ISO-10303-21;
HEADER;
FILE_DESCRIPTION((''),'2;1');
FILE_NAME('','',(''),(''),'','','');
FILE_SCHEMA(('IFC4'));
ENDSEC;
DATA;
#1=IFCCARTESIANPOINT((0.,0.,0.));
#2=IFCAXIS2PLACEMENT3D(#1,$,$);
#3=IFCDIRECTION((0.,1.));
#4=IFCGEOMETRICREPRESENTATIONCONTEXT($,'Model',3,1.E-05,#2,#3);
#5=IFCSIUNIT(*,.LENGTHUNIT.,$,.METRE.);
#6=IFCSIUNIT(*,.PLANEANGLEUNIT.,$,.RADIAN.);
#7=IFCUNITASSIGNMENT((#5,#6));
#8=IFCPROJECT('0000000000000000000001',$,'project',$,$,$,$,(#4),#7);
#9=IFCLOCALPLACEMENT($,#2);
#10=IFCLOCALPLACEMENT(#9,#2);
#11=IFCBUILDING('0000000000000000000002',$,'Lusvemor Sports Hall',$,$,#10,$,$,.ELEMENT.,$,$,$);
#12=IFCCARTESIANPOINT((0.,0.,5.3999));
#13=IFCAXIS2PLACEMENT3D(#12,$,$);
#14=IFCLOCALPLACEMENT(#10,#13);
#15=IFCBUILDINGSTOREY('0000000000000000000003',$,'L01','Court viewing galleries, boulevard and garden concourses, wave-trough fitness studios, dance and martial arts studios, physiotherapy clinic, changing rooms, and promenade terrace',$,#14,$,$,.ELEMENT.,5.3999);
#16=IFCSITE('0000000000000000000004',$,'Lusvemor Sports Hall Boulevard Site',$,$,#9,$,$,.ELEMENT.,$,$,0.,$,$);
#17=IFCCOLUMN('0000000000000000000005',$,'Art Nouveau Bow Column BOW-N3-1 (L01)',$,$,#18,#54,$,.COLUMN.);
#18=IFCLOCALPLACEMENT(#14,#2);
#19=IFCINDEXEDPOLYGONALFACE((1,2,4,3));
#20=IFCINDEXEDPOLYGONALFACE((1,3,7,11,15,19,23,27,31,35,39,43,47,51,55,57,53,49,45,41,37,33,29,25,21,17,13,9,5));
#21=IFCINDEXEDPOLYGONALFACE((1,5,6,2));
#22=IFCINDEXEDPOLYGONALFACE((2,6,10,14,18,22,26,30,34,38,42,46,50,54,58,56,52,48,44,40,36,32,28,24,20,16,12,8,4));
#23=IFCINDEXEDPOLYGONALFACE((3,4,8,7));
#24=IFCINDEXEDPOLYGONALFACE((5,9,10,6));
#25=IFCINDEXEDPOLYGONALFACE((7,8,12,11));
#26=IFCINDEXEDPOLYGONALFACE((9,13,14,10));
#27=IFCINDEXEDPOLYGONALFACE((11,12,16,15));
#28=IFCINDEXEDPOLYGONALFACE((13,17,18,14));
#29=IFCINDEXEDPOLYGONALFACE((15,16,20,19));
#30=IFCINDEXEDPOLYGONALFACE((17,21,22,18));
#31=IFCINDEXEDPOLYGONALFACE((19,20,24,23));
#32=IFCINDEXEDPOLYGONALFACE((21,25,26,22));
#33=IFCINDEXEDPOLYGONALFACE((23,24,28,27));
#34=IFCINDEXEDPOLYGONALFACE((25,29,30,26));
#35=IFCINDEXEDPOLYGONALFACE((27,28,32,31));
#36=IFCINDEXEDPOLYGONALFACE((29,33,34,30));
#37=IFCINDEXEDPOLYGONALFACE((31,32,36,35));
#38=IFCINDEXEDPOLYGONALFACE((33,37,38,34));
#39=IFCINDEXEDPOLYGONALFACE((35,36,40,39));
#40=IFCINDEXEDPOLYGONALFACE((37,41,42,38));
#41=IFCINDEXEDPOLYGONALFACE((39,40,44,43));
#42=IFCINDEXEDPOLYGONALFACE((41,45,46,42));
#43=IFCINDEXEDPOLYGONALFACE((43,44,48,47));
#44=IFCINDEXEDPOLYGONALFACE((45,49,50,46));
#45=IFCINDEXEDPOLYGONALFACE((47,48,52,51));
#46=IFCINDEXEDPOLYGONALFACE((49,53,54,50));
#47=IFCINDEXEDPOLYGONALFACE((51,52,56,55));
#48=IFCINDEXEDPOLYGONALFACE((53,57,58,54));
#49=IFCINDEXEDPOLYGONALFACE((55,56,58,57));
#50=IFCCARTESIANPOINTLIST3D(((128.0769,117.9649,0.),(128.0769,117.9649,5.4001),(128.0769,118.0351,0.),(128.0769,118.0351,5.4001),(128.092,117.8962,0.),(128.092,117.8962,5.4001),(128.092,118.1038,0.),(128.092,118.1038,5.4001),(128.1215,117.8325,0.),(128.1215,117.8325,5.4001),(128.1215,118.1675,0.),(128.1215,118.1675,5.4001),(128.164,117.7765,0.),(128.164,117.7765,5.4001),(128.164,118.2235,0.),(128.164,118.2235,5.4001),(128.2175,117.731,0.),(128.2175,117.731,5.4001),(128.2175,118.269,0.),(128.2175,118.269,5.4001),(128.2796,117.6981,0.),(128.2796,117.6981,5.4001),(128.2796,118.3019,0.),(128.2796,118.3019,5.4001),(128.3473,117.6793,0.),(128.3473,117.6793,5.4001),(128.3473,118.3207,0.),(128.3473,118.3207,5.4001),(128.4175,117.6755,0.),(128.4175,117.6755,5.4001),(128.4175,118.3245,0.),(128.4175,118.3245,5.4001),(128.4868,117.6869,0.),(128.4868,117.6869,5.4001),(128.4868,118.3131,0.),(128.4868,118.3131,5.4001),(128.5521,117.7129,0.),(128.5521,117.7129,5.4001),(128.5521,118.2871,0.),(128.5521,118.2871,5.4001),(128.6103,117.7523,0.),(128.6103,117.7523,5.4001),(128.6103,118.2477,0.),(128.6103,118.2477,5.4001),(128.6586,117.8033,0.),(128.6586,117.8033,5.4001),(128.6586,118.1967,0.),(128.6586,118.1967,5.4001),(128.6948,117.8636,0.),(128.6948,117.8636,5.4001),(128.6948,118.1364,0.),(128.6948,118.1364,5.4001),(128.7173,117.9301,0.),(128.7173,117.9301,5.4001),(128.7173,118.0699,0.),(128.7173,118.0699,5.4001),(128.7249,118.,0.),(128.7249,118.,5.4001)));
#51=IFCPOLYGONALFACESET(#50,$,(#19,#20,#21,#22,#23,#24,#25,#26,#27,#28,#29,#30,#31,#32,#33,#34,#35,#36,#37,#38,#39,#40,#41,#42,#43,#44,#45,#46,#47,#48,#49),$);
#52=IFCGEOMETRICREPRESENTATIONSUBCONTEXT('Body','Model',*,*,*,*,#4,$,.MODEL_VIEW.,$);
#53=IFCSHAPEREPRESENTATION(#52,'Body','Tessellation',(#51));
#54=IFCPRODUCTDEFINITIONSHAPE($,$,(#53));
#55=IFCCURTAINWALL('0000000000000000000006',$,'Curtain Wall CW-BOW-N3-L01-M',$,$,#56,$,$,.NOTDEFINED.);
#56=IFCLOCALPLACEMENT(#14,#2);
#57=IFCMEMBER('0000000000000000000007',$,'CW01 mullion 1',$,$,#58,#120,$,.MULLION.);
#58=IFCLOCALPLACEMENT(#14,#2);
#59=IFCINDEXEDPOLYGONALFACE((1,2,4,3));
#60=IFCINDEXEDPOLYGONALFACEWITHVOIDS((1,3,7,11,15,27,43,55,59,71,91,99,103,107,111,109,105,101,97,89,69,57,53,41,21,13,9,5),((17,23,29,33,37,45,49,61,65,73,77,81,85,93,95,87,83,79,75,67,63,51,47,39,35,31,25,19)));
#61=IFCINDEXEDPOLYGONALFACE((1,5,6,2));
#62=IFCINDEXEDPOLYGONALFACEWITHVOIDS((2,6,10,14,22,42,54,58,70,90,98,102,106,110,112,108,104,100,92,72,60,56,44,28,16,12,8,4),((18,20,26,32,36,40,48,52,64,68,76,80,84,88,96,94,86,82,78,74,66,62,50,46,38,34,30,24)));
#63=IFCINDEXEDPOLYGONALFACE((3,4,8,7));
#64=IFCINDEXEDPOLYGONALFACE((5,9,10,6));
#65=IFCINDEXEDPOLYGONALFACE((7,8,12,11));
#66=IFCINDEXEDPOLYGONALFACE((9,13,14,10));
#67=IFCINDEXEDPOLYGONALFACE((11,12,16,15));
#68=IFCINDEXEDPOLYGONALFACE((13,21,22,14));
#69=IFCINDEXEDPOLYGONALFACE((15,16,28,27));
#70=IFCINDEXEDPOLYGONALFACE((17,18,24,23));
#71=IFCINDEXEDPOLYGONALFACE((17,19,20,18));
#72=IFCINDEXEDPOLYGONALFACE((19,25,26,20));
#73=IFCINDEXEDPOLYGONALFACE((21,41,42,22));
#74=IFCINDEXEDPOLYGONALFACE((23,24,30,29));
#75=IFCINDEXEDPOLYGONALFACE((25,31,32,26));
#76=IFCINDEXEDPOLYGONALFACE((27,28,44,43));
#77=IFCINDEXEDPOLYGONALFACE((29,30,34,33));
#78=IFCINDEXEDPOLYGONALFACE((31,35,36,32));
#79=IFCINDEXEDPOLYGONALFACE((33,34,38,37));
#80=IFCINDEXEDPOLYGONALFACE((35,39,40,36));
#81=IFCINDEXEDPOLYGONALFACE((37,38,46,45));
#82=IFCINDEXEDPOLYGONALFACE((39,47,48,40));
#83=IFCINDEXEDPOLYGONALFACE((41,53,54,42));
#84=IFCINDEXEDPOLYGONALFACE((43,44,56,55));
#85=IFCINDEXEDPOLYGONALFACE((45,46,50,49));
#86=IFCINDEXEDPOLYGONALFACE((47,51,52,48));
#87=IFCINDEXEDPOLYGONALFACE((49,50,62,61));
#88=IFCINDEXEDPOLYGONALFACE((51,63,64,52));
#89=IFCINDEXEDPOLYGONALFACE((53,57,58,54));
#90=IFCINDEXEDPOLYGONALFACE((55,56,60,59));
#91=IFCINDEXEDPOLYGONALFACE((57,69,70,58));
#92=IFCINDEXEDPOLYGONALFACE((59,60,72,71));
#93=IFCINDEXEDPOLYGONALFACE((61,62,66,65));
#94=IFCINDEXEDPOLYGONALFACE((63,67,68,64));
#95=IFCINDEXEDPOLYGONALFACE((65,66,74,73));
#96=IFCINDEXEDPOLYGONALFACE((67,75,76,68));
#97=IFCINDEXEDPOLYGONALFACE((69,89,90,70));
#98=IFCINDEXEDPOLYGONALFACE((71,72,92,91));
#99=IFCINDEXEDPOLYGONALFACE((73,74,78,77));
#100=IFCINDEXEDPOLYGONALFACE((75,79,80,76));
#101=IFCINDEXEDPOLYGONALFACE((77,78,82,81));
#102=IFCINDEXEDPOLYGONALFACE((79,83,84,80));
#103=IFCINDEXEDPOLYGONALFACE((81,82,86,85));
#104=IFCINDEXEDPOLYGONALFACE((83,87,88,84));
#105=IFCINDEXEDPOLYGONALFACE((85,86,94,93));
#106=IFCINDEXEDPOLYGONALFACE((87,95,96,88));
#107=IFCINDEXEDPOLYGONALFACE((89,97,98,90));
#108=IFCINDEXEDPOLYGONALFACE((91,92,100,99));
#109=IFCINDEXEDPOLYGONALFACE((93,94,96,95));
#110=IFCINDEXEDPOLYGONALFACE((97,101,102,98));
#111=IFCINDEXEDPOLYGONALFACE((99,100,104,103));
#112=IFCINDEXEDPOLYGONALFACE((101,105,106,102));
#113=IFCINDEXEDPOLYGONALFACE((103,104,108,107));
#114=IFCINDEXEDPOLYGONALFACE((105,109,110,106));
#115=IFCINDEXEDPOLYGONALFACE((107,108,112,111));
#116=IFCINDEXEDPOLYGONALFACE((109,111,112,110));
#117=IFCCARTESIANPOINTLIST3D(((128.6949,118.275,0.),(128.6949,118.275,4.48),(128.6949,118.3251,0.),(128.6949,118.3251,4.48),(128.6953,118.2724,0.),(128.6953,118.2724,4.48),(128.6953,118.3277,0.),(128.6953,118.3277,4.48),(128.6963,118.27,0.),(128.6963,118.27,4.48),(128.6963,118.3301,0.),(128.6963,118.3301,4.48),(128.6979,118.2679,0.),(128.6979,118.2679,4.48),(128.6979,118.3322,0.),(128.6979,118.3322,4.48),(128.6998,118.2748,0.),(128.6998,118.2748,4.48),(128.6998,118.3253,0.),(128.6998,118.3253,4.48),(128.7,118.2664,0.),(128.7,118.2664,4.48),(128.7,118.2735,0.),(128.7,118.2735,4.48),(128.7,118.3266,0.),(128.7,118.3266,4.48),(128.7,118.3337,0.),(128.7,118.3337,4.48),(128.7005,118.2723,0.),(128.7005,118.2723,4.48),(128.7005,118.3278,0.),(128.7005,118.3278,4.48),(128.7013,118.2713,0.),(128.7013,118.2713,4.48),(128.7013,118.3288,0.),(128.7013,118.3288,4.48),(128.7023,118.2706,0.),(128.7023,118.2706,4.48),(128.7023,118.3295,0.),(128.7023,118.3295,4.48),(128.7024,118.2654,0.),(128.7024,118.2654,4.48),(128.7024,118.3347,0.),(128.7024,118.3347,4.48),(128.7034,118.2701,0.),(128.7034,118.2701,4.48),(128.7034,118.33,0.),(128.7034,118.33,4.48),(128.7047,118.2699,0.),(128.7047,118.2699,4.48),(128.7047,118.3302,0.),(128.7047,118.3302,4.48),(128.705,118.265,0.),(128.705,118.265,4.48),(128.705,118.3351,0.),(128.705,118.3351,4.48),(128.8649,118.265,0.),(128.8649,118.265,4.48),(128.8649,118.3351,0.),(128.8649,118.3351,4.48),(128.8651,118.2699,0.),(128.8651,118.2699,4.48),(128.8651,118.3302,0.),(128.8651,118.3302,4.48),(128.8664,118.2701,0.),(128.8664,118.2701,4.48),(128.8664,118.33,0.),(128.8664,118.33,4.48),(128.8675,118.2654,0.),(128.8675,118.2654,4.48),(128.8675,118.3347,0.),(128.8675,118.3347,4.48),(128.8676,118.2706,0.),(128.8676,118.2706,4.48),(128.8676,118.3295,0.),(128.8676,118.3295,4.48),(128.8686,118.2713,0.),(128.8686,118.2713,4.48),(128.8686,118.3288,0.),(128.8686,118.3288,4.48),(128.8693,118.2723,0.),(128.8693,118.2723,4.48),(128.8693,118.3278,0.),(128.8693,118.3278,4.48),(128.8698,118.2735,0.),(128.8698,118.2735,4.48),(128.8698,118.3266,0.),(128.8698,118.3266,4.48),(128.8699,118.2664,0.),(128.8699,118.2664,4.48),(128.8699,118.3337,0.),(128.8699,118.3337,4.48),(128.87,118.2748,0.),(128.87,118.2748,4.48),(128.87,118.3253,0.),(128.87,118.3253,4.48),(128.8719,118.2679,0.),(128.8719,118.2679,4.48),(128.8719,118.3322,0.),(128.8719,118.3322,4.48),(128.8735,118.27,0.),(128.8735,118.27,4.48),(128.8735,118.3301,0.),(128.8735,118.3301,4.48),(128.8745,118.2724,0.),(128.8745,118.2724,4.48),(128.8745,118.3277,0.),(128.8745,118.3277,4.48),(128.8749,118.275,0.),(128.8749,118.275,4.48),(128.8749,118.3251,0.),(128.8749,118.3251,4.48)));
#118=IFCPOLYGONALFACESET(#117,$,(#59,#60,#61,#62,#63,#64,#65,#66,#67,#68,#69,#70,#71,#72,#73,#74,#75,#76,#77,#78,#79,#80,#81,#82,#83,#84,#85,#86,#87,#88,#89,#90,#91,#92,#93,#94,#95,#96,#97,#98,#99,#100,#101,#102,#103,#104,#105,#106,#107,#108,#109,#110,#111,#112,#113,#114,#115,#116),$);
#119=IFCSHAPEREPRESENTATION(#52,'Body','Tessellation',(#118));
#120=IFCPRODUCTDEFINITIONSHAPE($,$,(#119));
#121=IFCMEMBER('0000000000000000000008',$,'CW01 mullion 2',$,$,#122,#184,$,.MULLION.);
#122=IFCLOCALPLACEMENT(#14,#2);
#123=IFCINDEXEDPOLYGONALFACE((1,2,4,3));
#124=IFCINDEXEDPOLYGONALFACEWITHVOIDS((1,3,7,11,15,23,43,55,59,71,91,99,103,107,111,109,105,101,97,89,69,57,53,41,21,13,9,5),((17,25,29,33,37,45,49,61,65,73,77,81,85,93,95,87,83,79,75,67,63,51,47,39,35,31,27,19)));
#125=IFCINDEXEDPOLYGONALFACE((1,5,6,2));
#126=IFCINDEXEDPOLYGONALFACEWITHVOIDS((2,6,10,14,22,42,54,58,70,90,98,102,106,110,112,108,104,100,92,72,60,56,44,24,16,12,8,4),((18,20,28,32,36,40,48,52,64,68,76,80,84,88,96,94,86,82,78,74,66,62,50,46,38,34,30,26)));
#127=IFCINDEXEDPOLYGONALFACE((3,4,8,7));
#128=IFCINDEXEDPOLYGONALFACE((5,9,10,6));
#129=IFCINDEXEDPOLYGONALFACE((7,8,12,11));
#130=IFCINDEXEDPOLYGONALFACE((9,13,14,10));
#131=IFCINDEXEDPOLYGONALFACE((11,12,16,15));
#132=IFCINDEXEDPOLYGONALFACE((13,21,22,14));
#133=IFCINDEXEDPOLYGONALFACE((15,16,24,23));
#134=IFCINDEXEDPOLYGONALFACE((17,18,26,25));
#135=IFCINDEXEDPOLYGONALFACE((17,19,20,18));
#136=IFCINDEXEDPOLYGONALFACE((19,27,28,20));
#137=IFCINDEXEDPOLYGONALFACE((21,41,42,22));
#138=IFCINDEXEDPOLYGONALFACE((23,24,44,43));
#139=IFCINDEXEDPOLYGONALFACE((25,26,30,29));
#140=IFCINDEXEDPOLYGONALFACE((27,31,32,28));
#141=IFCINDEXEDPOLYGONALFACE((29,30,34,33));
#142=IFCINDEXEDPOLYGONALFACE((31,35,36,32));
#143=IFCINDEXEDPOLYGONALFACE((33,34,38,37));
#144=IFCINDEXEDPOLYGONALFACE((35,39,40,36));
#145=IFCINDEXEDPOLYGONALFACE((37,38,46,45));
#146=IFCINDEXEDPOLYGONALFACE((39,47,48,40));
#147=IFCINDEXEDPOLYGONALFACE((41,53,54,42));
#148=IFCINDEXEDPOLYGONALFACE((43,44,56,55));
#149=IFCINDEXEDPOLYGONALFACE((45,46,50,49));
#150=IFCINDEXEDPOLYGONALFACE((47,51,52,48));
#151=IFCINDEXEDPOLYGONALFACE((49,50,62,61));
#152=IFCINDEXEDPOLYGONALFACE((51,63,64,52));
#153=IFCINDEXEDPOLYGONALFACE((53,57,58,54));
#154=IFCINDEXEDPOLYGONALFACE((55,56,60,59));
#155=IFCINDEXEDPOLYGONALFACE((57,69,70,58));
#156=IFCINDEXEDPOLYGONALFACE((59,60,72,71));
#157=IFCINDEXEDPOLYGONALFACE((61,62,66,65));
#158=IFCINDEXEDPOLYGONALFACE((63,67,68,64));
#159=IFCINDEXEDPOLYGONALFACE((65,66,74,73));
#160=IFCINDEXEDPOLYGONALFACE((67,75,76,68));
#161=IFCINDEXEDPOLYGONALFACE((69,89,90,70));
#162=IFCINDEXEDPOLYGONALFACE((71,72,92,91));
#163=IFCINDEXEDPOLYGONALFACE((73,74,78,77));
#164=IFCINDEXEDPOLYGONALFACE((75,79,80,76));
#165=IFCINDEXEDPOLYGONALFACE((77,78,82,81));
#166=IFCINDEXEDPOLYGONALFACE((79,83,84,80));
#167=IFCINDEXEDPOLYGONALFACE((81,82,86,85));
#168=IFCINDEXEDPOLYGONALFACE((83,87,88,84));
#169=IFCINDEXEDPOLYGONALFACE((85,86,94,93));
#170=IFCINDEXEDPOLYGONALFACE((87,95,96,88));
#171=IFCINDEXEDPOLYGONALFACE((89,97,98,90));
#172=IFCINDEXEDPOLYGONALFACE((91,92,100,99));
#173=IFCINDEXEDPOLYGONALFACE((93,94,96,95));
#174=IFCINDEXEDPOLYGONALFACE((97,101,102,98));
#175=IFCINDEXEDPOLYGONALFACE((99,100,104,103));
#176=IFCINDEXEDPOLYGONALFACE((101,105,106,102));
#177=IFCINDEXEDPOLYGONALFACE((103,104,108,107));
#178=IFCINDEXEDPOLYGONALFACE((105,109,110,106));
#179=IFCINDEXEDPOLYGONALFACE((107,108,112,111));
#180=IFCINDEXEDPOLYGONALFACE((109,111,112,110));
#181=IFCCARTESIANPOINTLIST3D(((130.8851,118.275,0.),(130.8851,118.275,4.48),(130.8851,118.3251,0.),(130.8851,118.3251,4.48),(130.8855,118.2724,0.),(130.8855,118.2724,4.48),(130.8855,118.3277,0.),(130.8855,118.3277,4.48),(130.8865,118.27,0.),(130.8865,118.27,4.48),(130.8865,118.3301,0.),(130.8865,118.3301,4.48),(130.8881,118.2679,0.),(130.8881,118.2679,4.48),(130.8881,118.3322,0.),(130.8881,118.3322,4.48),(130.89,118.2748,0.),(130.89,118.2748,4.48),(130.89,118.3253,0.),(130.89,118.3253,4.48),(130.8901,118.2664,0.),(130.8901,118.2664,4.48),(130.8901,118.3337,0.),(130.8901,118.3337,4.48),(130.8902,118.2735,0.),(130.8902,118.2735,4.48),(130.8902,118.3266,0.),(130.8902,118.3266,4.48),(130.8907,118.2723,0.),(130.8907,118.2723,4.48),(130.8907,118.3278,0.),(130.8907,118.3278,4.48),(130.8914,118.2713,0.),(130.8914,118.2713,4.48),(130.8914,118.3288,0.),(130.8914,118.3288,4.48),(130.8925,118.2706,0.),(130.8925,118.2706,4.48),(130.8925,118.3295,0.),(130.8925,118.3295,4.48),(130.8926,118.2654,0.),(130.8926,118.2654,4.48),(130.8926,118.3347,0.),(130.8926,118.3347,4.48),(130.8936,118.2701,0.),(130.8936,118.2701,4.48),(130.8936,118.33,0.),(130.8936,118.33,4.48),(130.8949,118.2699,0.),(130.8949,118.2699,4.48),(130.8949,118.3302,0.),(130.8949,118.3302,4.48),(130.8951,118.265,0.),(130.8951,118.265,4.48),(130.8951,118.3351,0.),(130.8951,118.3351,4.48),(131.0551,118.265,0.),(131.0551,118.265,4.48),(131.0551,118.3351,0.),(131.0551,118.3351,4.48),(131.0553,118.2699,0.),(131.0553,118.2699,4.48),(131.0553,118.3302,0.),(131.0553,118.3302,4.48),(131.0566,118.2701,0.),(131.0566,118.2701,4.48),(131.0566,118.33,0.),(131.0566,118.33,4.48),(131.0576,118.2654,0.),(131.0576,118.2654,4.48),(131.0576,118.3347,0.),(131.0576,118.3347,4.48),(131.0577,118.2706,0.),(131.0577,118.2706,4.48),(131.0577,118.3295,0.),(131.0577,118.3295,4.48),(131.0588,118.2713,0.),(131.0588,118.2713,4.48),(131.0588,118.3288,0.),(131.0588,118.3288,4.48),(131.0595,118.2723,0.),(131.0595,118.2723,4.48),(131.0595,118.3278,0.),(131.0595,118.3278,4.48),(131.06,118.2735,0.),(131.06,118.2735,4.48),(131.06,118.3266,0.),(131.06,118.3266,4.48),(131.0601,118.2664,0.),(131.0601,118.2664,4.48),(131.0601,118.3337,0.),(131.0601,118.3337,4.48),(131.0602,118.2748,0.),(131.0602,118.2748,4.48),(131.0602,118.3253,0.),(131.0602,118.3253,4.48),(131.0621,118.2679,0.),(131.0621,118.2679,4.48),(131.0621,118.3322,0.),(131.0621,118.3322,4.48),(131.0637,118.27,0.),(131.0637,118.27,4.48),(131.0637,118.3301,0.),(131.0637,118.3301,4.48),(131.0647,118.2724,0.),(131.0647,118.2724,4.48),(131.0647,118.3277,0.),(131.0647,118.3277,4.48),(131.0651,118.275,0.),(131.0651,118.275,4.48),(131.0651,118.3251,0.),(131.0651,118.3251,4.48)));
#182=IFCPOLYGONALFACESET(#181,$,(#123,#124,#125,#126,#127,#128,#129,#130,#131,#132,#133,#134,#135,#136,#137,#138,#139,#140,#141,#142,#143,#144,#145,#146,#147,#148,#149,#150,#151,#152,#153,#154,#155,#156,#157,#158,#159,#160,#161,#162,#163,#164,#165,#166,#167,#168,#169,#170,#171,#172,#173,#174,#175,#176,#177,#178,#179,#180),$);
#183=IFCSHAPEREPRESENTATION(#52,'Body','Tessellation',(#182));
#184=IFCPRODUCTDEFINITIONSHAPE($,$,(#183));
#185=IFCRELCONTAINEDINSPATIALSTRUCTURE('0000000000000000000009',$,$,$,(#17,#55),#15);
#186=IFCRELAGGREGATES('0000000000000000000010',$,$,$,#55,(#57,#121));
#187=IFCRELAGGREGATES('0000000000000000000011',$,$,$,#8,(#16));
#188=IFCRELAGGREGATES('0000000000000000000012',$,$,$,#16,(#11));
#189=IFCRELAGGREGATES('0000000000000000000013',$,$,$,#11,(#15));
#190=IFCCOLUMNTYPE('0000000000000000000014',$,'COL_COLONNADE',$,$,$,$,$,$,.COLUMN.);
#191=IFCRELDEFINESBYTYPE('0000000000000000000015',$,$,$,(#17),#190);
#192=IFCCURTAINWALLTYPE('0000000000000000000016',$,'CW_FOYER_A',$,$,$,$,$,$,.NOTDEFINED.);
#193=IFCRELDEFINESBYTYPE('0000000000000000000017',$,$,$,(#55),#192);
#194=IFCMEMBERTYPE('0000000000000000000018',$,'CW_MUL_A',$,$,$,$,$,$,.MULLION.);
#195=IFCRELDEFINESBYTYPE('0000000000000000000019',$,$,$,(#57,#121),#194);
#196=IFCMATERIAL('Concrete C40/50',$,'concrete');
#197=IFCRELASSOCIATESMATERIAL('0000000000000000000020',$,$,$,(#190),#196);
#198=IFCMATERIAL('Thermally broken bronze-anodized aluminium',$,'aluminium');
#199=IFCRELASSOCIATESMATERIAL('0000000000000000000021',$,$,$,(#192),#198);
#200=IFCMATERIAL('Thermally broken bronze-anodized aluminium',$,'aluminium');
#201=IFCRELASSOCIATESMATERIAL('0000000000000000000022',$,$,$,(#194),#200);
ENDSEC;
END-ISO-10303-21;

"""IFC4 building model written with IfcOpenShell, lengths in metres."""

from ifc_helpers import new_model, si_unit, direction, frame, origin, origin_2d, place, context, subcontext, project, spatial, hollow_rectangle, circle, extrude, material, material_profile, profile_set, type_object, element, aggregate, save


model = new_model("IFC4")

# Units and contexts
model_context = context("Model", 3, precision=1e-05, world=origin(), true_north=direction((0.0, 1.0)))
body_context = subcontext(model_context, "Body", "Model", "MODEL_VIEW")
ifc_project = project(units=[si_unit("LENGTHUNIT", "METRE"), si_unit("PLANEANGLEUNIT", "RADIAN")], contexts=[model_context])

# Site, building, storey
site_placement = place(None, origin())
site = spatial("IfcSite", under=ifc_project, at=site_placement, Name="Lusvemor Sports Hall Boulevard Site", CompositionType="ELEMENT", RefElevation=0.0)
building_placement = place(site_placement, origin())
building = spatial("IfcBuilding", under=site, at=building_placement, Name="Lusvemor Sports Hall", CompositionType="ELEMENT")
storey_placement = place(building_placement, frame((0.0, 0.0, 5.3999)))
storey = spatial("IfcBuildingStorey", under=building, at=storey_placement, Name="L01", Description="Court viewing galleries, boulevard and garden concourses, wave-trough fitness studios, dance and martial arts studios, physiotherapy clinic, changing rooms, and promenade terrace", CompositionType="ELEMENT", Elevation=5.3999)

# Column
ifc_material_1 = material(Name="Concrete C40/50", Category="concrete")
ifc_material_profile_1 = material_profile(ifc_material_1, circle(Radius=0.325, at=origin_2d()), Name="RCCIRC650")
ifc_profile_set_1 = profile_set([ifc_material_profile_1], Name="Concrete C40/50")
column_type = type_object("IfcColumnType", Name="COL_COLONNADE", PredefinedType="COLUMN", material=ifc_profile_set_1)
column_placement = place(storey_placement, frame((128.3999, 118.0, 0.0), z_axis=(0.0, 0.0, 1.0), x_axis=(1.0, 0.0, 0.0)))
element("IfcColumn", 1, at=column_placement, inside=storey, type_object=column_type, Name="Art Nouveau Bow Column BOW-N3-1 (L01)", PredefinedType="COLUMN", context=body_context, shape_type="SweptSolid", body=[
    extrude(circle(Radius=0.325, at=origin_2d()), origin(), (0.0, 0.0, 1.0), 5.4001),
])

# Curtain wall, members
ifc_material_2 = material(Name="Thermally broken bronze-anodized aluminium", Category="aluminium")
curtain_wall_type = type_object("IfcCurtainWallType", Name="CW_FOYER_A", PredefinedType="NOTDEFINED", material=ifc_material_2)
curtain_wall_placement = place(storey_placement, origin())
curtain_wall = element("IfcCurtainWall", 2, at=curtain_wall_placement, inside=storey, type_object=curtain_wall_type, Name="Curtain Wall CW-BOW-N3-L01-M", PredefinedType="NOTDEFINED")
ifc_material_3 = material(Name="Thermally broken bronze-anodized aluminium", Category="aluminium")
ifc_material_profile_2 = material_profile(ifc_material_3, hollow_rectangle(XDim=0.0701, YDim=0.1799, WallThickness=0.0049, InnerFilletRadius=0.0049, OuterFilletRadius=0.01, at=origin_2d()), Name="CWMUL180x70x5")
ifc_profile_set_2 = profile_set([ifc_material_profile_2], Name="Thermally broken bronze-anodized aluminium")
member_type_1 = type_object("IfcMemberType", Name="CW_MUL_A", PredefinedType="MULLION", material=ifc_profile_set_2)
member_1_placement = place(storey_placement, frame((128.7849, 118.3, 0.0), z_axis=(0.0, 0.0, 1.0), x_axis=(0.0, 1.0, 0.0)))
member_1 = element("IfcMember", 3, at=member_1_placement, type_object=member_type_1, Name="CW01 mullion 1", PredefinedType="MULLION", context=body_context, shape_type="SweptSolid", body=[
    extrude(hollow_rectangle(XDim=0.0701, YDim=0.1799, WallThickness=0.0049, InnerFilletRadius=0.0049, OuterFilletRadius=0.01, at=origin_2d()), origin(), (0.0, 0.0, 1.0), 4.48),
])
member_2_placement = place(storey_placement, frame((130.9751, 118.3, 0.0), z_axis=(0.0, 0.0, 1.0), x_axis=(0.0, 1.0, 0.0)))
member_2 = element("IfcMember", 4, at=member_2_placement, type_object=member_type_1, Name="CW01 mullion 2", PredefinedType="MULLION", context=body_context, shape_type="SweptSolid", body=[
    extrude(hollow_rectangle(XDim=0.0701, YDim=0.1799, WallThickness=0.0049, InnerFilletRadius=0.0049, OuterFilletRadius=0.01, at=origin_2d()), origin(), (0.0, 0.0, 1.0), 4.48),
])

aggregate(curtain_wall, [member_1, member_2])

save(model, "model.ifc")
